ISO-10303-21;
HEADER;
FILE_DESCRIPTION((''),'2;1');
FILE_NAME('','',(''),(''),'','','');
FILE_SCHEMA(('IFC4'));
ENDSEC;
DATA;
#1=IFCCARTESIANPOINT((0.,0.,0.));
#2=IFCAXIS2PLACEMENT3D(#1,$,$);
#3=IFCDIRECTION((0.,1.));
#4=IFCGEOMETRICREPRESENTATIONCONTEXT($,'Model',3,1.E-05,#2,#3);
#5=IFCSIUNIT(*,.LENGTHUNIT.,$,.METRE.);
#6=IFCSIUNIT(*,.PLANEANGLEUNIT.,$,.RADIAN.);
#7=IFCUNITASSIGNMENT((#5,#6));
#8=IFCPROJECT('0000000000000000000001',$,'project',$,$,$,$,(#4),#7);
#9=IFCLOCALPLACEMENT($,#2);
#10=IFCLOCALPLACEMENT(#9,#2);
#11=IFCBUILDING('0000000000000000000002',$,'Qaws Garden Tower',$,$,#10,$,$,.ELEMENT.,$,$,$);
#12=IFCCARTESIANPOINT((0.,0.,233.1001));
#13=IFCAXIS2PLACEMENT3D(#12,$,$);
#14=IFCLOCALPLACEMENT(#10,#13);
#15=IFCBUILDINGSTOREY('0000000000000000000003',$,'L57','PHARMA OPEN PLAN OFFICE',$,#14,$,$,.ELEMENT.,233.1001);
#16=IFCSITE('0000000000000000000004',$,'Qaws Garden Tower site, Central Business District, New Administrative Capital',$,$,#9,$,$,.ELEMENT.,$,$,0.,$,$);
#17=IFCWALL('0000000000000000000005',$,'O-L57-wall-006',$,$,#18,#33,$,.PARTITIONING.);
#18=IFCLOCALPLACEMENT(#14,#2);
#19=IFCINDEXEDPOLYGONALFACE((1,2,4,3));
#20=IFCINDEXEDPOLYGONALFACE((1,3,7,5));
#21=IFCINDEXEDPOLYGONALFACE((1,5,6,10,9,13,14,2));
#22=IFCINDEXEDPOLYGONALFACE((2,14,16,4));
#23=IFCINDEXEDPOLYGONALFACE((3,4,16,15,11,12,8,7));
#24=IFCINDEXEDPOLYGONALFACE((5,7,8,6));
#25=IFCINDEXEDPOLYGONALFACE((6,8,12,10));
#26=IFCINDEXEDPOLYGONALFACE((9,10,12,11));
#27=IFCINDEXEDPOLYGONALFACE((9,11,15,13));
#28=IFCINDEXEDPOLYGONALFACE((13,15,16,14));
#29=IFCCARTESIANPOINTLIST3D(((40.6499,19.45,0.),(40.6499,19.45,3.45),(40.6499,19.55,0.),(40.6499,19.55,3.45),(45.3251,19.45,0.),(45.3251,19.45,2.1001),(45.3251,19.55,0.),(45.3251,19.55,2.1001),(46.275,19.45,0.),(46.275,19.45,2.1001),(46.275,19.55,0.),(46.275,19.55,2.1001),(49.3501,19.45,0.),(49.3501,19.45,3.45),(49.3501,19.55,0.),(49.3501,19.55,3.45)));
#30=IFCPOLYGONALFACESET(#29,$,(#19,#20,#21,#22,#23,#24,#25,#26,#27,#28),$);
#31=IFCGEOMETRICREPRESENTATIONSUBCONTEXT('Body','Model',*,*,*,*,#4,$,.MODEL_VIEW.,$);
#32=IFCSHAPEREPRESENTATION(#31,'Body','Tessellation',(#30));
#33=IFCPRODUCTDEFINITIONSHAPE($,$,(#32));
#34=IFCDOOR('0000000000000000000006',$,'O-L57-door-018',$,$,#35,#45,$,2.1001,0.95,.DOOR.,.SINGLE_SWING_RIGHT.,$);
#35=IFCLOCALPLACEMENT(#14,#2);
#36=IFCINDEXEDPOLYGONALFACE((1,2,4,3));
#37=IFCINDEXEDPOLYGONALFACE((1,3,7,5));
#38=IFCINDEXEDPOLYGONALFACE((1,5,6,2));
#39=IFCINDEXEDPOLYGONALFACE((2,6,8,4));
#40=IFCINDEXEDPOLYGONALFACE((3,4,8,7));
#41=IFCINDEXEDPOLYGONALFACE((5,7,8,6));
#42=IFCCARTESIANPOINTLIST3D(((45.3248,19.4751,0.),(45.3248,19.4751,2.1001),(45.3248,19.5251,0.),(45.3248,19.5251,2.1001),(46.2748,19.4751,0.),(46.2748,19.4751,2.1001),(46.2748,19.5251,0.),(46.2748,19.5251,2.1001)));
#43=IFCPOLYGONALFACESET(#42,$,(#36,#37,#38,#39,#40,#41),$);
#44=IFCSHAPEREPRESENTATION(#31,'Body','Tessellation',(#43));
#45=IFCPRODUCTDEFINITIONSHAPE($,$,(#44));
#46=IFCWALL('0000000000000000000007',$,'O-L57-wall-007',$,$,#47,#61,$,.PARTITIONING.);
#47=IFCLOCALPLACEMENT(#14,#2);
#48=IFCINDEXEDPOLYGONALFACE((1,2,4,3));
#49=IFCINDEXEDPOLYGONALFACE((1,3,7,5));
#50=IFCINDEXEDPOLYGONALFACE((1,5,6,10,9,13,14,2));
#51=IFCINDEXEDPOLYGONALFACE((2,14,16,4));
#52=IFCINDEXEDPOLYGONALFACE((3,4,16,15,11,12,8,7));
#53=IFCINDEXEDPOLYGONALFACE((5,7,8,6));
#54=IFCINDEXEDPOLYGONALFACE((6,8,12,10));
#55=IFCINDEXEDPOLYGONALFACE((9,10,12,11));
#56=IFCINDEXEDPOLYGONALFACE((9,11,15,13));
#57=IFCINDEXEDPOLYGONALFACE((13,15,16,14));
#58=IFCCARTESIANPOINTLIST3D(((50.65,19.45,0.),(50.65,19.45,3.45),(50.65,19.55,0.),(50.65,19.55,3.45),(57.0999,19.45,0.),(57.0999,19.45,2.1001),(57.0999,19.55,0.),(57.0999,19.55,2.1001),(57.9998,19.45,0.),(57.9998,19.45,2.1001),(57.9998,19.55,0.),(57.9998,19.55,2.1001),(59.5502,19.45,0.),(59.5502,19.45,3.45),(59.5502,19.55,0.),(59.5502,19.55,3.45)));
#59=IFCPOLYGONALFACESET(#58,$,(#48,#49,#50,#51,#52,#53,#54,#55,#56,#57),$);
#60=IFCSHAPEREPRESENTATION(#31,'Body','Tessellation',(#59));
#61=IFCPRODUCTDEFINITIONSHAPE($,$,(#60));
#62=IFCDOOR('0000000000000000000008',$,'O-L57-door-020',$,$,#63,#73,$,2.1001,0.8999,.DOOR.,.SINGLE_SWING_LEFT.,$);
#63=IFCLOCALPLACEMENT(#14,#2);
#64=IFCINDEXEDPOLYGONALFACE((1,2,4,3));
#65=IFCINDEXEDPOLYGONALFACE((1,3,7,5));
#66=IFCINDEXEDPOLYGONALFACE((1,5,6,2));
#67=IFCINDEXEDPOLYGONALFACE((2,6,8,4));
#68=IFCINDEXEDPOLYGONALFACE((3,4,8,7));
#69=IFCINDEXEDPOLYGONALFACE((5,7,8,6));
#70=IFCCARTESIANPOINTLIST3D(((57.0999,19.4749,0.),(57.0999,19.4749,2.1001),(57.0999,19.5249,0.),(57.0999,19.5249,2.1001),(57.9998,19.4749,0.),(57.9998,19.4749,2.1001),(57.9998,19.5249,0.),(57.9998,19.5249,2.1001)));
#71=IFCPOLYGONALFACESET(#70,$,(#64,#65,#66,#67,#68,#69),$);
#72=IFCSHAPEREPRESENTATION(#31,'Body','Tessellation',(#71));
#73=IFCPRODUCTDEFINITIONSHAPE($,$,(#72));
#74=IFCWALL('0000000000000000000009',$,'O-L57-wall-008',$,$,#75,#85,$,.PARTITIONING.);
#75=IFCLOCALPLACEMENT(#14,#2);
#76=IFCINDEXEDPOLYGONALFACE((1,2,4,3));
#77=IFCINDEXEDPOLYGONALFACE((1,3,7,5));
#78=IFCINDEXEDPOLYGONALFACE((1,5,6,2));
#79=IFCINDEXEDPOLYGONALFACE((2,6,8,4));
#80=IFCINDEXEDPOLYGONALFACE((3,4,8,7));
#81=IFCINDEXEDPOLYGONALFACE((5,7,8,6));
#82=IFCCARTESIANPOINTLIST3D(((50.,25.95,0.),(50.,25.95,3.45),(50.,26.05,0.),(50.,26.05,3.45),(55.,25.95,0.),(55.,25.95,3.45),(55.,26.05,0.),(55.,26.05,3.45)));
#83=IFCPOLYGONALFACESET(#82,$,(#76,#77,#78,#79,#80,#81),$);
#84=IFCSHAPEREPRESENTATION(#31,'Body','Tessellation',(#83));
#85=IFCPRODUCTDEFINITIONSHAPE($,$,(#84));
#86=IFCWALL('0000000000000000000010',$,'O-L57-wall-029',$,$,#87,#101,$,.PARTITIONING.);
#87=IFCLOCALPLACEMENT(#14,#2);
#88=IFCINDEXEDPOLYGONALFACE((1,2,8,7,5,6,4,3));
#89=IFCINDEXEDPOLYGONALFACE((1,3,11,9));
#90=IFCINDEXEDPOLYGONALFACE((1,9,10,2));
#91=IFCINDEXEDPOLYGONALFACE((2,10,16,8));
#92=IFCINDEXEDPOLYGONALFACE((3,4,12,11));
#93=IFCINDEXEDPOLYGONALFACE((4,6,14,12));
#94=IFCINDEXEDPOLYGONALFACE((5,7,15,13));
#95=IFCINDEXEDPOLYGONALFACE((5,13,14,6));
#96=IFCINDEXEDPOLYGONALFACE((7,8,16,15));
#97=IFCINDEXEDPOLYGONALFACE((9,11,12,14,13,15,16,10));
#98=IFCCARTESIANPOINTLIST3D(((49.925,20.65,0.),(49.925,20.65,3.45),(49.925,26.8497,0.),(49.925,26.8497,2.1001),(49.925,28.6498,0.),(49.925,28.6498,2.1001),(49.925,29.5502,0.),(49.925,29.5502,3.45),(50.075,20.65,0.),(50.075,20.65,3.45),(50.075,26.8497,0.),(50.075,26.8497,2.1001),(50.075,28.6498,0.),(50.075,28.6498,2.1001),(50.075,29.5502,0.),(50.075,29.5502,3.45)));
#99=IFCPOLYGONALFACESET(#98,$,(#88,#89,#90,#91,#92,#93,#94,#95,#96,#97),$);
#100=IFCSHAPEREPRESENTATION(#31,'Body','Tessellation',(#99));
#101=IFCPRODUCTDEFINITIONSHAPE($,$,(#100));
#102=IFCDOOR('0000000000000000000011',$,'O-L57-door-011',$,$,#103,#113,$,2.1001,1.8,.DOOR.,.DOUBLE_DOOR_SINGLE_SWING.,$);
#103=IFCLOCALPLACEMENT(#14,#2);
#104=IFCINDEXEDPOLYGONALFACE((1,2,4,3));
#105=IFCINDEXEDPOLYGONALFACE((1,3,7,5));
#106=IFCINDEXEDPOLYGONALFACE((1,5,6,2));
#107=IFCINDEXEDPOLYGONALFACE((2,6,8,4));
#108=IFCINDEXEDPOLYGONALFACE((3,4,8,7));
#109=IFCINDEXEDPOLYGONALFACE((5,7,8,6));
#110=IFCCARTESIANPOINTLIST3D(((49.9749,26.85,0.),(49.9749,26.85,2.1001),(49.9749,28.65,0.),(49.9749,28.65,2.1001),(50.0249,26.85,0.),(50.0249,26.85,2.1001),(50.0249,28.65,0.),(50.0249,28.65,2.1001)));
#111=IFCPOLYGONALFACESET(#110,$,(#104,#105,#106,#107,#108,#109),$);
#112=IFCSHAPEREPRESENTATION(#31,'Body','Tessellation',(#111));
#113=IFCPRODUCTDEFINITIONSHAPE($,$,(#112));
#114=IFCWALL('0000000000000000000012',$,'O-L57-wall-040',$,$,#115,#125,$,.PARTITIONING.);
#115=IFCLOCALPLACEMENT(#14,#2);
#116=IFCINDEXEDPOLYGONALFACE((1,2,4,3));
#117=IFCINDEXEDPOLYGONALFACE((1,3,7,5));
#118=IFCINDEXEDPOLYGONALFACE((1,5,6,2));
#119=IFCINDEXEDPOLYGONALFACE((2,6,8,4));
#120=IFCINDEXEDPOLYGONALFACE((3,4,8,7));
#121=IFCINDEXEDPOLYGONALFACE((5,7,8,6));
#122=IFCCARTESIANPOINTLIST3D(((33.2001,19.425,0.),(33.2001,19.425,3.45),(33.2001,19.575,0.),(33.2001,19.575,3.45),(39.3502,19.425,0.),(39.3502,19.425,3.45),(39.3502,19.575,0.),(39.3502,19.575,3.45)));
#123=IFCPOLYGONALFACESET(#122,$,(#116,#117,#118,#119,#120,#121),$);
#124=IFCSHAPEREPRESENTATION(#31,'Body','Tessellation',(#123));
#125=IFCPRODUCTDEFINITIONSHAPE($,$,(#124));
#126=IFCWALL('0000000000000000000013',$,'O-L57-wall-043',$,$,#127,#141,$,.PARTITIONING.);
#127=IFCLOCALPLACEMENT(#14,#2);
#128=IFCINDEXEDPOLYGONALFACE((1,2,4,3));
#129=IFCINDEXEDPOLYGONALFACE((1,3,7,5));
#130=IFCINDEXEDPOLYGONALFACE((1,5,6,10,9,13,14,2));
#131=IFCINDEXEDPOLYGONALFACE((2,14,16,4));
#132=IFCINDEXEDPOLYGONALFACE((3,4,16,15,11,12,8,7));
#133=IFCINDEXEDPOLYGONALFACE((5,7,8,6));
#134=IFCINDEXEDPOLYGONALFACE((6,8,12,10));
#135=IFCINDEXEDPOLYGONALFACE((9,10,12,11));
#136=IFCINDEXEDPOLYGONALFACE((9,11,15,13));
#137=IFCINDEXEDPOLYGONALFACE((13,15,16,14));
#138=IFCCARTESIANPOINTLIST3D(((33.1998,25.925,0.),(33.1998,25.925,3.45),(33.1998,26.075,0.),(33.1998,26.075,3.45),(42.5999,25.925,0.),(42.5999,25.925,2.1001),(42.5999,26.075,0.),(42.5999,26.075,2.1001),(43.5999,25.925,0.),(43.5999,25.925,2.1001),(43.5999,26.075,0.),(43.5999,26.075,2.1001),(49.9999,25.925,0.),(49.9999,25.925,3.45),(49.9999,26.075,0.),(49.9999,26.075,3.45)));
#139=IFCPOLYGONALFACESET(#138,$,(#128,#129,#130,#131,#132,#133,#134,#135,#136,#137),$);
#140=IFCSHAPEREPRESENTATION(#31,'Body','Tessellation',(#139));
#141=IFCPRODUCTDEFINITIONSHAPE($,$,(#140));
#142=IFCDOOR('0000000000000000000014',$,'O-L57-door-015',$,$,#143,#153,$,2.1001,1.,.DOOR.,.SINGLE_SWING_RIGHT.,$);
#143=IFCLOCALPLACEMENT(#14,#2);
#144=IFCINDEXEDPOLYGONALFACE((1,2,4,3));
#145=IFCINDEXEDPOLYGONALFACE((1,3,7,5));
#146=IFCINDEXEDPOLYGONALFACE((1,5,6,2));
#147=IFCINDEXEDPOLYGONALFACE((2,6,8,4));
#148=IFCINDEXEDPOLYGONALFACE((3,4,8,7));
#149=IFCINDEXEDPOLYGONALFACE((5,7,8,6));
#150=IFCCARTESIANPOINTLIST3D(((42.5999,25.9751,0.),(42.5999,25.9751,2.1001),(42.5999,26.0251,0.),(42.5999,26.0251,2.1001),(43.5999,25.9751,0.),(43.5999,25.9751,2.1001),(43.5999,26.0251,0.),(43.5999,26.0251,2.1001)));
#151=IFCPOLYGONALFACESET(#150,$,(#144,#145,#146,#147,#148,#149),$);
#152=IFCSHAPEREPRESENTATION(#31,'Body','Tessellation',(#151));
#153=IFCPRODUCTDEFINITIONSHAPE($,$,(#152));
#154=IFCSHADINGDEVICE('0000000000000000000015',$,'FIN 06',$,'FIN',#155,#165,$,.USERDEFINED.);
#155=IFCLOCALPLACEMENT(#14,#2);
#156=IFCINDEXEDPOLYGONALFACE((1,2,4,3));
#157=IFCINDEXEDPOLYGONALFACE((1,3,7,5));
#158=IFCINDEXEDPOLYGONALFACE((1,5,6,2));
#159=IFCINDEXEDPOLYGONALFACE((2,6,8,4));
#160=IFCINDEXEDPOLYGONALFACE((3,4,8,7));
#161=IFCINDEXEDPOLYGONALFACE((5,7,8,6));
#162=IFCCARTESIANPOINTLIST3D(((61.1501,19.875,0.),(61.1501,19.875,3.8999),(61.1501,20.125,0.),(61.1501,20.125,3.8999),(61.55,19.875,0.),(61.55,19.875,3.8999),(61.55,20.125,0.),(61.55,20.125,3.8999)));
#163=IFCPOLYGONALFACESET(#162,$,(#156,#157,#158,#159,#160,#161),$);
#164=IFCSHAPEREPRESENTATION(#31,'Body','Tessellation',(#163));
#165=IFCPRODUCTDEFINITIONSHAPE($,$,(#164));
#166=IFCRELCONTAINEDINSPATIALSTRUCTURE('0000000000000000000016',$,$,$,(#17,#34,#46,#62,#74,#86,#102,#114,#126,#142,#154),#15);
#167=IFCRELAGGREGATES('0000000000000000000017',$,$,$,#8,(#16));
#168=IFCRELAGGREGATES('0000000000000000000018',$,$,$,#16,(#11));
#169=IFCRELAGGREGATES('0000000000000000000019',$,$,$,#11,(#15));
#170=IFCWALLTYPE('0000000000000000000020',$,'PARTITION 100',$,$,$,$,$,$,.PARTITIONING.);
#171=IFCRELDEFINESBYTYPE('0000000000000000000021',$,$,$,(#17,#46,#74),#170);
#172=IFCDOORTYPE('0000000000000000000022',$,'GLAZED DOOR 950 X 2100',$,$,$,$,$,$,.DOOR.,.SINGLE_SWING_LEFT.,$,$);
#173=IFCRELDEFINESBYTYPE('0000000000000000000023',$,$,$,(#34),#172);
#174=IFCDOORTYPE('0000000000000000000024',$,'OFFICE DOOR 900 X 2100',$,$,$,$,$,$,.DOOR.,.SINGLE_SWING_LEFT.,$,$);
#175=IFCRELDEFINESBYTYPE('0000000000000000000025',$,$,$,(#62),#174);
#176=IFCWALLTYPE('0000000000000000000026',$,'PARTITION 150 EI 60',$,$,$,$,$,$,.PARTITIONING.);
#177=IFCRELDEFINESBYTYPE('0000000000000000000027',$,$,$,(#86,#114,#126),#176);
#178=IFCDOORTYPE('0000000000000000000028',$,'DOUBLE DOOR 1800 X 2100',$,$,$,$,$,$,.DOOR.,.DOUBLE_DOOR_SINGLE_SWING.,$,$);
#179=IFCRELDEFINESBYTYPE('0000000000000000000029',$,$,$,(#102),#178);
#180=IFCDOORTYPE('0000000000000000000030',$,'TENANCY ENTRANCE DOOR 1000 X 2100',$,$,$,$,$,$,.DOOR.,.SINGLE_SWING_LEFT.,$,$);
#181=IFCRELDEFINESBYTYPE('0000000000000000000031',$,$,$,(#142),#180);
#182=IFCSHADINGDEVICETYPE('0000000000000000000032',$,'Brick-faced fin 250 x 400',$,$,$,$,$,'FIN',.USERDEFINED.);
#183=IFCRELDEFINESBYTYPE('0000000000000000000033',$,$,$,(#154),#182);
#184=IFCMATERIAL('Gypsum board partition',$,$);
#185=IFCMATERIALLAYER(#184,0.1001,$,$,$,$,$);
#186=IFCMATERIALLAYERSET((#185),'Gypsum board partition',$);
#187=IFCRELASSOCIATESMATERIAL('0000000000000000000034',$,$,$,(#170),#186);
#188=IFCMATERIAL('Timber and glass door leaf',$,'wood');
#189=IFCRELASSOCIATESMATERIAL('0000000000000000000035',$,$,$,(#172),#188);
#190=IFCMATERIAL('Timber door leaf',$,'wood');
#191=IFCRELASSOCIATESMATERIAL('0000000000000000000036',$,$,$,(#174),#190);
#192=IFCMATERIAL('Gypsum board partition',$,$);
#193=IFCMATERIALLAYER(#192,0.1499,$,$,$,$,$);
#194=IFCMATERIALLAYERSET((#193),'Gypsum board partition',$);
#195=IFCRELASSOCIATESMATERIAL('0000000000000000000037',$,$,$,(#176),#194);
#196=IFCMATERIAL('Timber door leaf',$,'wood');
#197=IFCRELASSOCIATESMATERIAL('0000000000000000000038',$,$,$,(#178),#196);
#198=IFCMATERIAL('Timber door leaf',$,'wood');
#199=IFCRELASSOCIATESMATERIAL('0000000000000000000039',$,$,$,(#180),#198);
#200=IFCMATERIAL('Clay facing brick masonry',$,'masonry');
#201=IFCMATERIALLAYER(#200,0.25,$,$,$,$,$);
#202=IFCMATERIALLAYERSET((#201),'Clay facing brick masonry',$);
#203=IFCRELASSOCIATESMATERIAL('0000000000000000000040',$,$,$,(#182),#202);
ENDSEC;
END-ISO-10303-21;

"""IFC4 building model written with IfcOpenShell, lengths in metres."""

from ifc_helpers import new_model, si_unit, direction, frame, frame_2d, origin, origin_2d, place, context, subcontext, project, spatial, rectangle, extrude, material, layer, layer_set, type_object, element, fill, save


model = new_model("IFC4")

# Units and contexts
model_context = context("Model", 3, precision=1e-05, world=origin(), true_north=direction((0.0, 1.0)))
body_context = subcontext(model_context, "Body", "Model", "MODEL_VIEW")
ifc_project = project(units=[si_unit("LENGTHUNIT", "METRE"), si_unit("PLANEANGLEUNIT", "RADIAN")], contexts=[model_context])

# Site, building, storey
site_placement = place(None, origin())
site = spatial("IfcSite", under=ifc_project, at=site_placement, Name="Qaws Garden Tower site, Central Business District, New Administrative Capital", CompositionType="ELEMENT", RefElevation=0.0)
building_placement = place(site_placement, origin())
building = spatial("IfcBuilding", under=site, at=building_placement, Name="Qaws Garden Tower", CompositionType="ELEMENT")
storey_placement = place(building_placement, frame((0.0, 0.0, 233.1001)))
storey = spatial("IfcBuildingStorey", under=building, at=storey_placement, Name="L57", Description="PHARMA OPEN PLAN OFFICE", CompositionType="ELEMENT", Elevation=233.1001)

# Walls, openings, doors
ifc_material_1 = material(Name="Gypsum board partition")
ifc_layer_1 = layer(ifc_material_1, 0.1001)
ifc_layer_set_1 = layer_set([ifc_layer_1], Name="Gypsum board partition")
wall_type_1 = type_object("IfcWallType", Name="PARTITION 100", PredefinedType="PARTITIONING", material=ifc_layer_set_1)
ifc_material_2 = material(Name="Timber and glass door leaf", Category="wood")
door_type_1 = type_object("IfcDoorType", Name="GLAZED DOOR 950 X 2100", OperationType="SINGLE_SWING_LEFT", PredefinedType="DOOR", material=ifc_material_2)
wall_1_placement = place(storey_placement, frame((40.6499, 19.5, 0.0), z_axis=(0.0, 0.0, 1.0), x_axis=(1.0, 0.0, 0.0)))
wall_1 = element("IfcWall", 1, at=wall_1_placement, inside=storey, type_object=wall_type_1, Name="O-L57-wall-006", PredefinedType="PARTITIONING", context=body_context, shape_type="SweptSolid", body=[
    extrude(rectangle(XDim=8.7002, YDim=0.1001, at=frame_2d((4.3501, 0.0))), origin(), (0.0, 0.0, 1.0), 3.45),
])
opening_1_placement = place(wall_1_placement, frame((4.675, 0.0, 0.0)))
opening_1 = element("IfcOpeningElement", 2, at=opening_1_placement, cuts=wall_1, PredefinedType="OPENING", context=body_context, shape_type="SweptSolid", body=[
    extrude(rectangle(XDim=0.95, YDim=2.1001, at=frame_2d((0.4751, 1.05))), frame((0.0, 0.0601, 0.0), z_axis=(0.0, -1.0, 0.0), x_axis=(1.0, 0.0, 0.0)), (0.0, 0.0, 1.0), 0.1201),
])
door_1_placement = place(opening_1_placement, frame((0.95, 0.0, 0.0), z_axis=(0.0, 0.0, 1.0), x_axis=(-1.0, 0.0, 0.0)))
door_1 = element("IfcDoor", 3, at=door_1_placement, inside=storey, type_object=door_type_1, Name="O-L57-door-018", OperationType="SINGLE_SWING_RIGHT", OverallHeight=2.1001, OverallWidth=0.95, PredefinedType="DOOR", context=body_context, shape_type="SweptSolid", body=[
    extrude(rectangle(XDim=0.95, YDim=2.1001, at=frame_2d((0.4751, 1.05))), frame((0.0, 0.0249, 0.0), z_axis=(0.0, -1.0, 0.0), x_axis=(1.0, 0.0, 0.0)), (0.0, 0.0, 1.0), 0.05),
])
fill(opening_1, door_1)
wall_2_placement = place(storey_placement, frame((50.6499, 19.5, 0.0), z_axis=(0.0, 0.0, 1.0), x_axis=(1.0, 0.0, 0.0)))
wall_2 = element("IfcWall", 4, at=wall_2_placement, inside=storey, type_object=wall_type_1, Name="O-L57-wall-007", PredefinedType="PARTITIONING", context=body_context, shape_type="SweptSolid", body=[
    extrude(rectangle(XDim=8.9001, YDim=0.1001, at=frame_2d((4.4502, 0.0))), origin(), (0.0, 0.0, 1.0), 3.45),
])
opening_2_placement = place(wall_2_placement, frame((6.45, 0.0, 0.0)))
opening_2 = element("IfcOpeningElement", 5, at=opening_2_placement, cuts=wall_2, PredefinedType="OPENING", context=body_context, shape_type="SweptSolid", body=[
    extrude(rectangle(XDim=0.8999, YDim=2.1001, at=frame_2d((0.45, 1.05))), frame((0.0, 0.0601, 0.0), z_axis=(0.0, -1.0, 0.0), x_axis=(1.0, 0.0, 0.0)), (0.0, 0.0, 1.0), 0.1201),
])
ifc_material_3 = material(Name="Timber door leaf", Category="wood")
door_type_2 = type_object("IfcDoorType", Name="OFFICE DOOR 900 X 2100", OperationType="SINGLE_SWING_LEFT", PredefinedType="DOOR", material=ifc_material_3)
door_2_placement = place(opening_2_placement, origin())
door_2 = element("IfcDoor", 6, at=door_2_placement, inside=storey, type_object=door_type_2, Name="O-L57-door-020", OperationType="SINGLE_SWING_LEFT", OverallHeight=2.1001, OverallWidth=0.8999, PredefinedType="DOOR", context=body_context, shape_type="SweptSolid", body=[
    extrude(rectangle(XDim=0.8999, YDim=2.1001, at=frame_2d((0.45, 1.05))), frame((0.0, 0.0249, 0.0), z_axis=(0.0, -1.0, 0.0), x_axis=(1.0, 0.0, 0.0)), (0.0, 0.0, 1.0), 0.05),
])
fill(opening_2, door_2)

# Wall
wall_3_placement = place(storey_placement, frame((50.0, 26.0, 0.0), z_axis=(0.0, 0.0, 1.0), x_axis=(1.0, 0.0, 0.0)))
element("IfcWall", 7, at=wall_3_placement, inside=storey, type_object=wall_type_1, Name="O-L57-wall-008", PredefinedType="PARTITIONING", context=body_context, shape_type="SweptSolid", body=[
    extrude(rectangle(XDim=5.0, YDim=0.1001, at=frame_2d((2.5, 0.0))), origin(), (0.0, 0.0, 1.0), 3.45),
])

# Wall, opening, door
ifc_material_4 = material(Name="Gypsum board partition")
ifc_layer_2 = layer(ifc_material_4, 0.1499)
ifc_layer_set_2 = layer_set([ifc_layer_2], Name="Gypsum board partition")
wall_type_2 = type_object("IfcWallType", Name="PARTITION 150 EI 60", PredefinedType="PARTITIONING", material=ifc_layer_set_2)
wall_4_placement = place(storey_placement, frame((50.0, 20.6499, 0.0), z_axis=(0.0, 0.0, 1.0), x_axis=(0.0, 1.0, 0.0)))
wall_4 = element("IfcWall", 8, at=wall_4_placement, inside=storey, type_object=wall_type_2, Name="O-L57-wall-029", PredefinedType="PARTITIONING", context=body_context, shape_type="SweptSolid", body=[
    extrude(rectangle(XDim=8.9001, YDim=0.1499, at=frame_2d((4.4502, 0.0))), origin(), (0.0, 0.0, 1.0), 3.45),
])
opening_3_placement = place(wall_4_placement, frame((6.2, 0.0, 0.0)))
opening_3 = element("IfcOpeningElement", 9, at=opening_3_placement, cuts=wall_4, PredefinedType="OPENING", context=body_context, shape_type="SweptSolid", body=[
    extrude(rectangle(XDim=1.8, YDim=2.1001, at=frame_2d((0.8999, 1.05))), frame((0.0, 0.085, 0.0), z_axis=(0.0, -1.0, 0.0), x_axis=(1.0, 0.0, 0.0)), (0.0, 0.0, 1.0), 0.1699),
])
ifc_material_5 = material(Name="Timber door leaf", Category="wood")
door_type_3 = type_object("IfcDoorType", Name="DOUBLE DOOR 1800 X 2100", OperationType="DOUBLE_DOOR_SINGLE_SWING", PredefinedType="DOOR", material=ifc_material_5)
door_3_placement = place(opening_3_placement, frame((1.8, 0.0, 0.0), z_axis=(0.0, 0.0, 1.0), x_axis=(-1.0, 0.0, 0.0)))
door_3 = element("IfcDoor", 10, at=door_3_placement, inside=storey, type_object=door_type_3, Name="O-L57-door-011", OperationType="DOUBLE_DOOR_SINGLE_SWING", OverallHeight=2.1001, OverallWidth=1.8, PredefinedType="DOOR", context=body_context, shape_type="SweptSolid", body=[
    extrude(rectangle(XDim=1.8, YDim=2.1001, at=frame_2d((0.8999, 1.05))), frame((0.0, 0.0249, 0.0), z_axis=(0.0, -1.0, 0.0), x_axis=(1.0, 0.0, 0.0)), (0.0, 0.0, 1.0), 0.05),
])
fill(opening_3, door_3)

# Wall
wall_5_placement = place(storey_placement, frame((33.2, 19.5, 0.0), z_axis=(0.0, 0.0, 1.0), x_axis=(1.0, 0.0, 0.0)))
element("IfcWall", 11, at=wall_5_placement, inside=storey, type_object=wall_type_2, Name="O-L57-wall-040", PredefinedType="PARTITIONING", context=body_context, shape_type="SweptSolid", body=[
    extrude(rectangle(XDim=6.1501, YDim=0.1499, at=frame_2d((3.0752, 0.0))), origin(), (0.0, 0.0, 1.0), 3.45),
])

# Wall, opening, door
wall_6_placement = place(storey_placement, frame((33.2, 26.0, 0.0), z_axis=(0.0, 0.0, 1.0), x_axis=(1.0, 0.0, 0.0)))
wall_6 = element("IfcWall", 12, at=wall_6_placement, inside=storey, type_object=wall_type_2, Name="O-L57-wall-043", PredefinedType="PARTITIONING", context=body_context, shape_type="SweptSolid", body=[
    extrude(rectangle(XDim=16.8, YDim=0.1499, at=frame_2d((8.3999, 0.0))), origin(), (0.0, 0.0, 1.0), 3.45),
])
opening_4_placement = place(wall_6_placement, frame((9.3999, 0.0, 0.0)))
opening_4 = element("IfcOpeningElement", 13, at=opening_4_placement, cuts=wall_6, PredefinedType="OPENING", context=body_context, shape_type="SweptSolid", body=[
    extrude(rectangle(XDim=1.0, YDim=2.1001, at=frame_2d((0.5, 1.05))), frame((0.0, 0.085, 0.0), z_axis=(0.0, -1.0, 0.0), x_axis=(1.0, 0.0, 0.0)), (0.0, 0.0, 1.0), 0.1699),
])
ifc_material_6 = material(Name="Timber door leaf", Category="wood")
door_type_4 = type_object("IfcDoorType", Name="TENANCY ENTRANCE DOOR 1000 X 2100", OperationType="SINGLE_SWING_LEFT", PredefinedType="DOOR", material=ifc_material_6)
door_4_placement = place(opening_4_placement, frame((1.0, 0.0, 0.0), z_axis=(0.0, 0.0, 1.0), x_axis=(-1.0, 0.0, 0.0)))
door_4 = element("IfcDoor", 14, at=door_4_placement, inside=storey, type_object=door_type_4, Name="O-L57-door-015", OperationType="SINGLE_SWING_RIGHT", OverallHeight=2.1001, OverallWidth=1.0, PredefinedType="DOOR", context=body_context, shape_type="SweptSolid", body=[
    extrude(rectangle(XDim=1.0, YDim=2.1001, at=frame_2d((0.5, 1.05))), frame((0.0, 0.0249, 0.0), z_axis=(0.0, -1.0, 0.0), x_axis=(1.0, 0.0, 0.0)), (0.0, 0.0, 1.0), 0.05),
])
fill(opening_4, door_4)

# Shading device
ifc_material_7 = material(Name="Clay facing brick masonry", Category="masonry")
ifc_layer_3 = layer(ifc_material_7, 0.25)
ifc_layer_set_3 = layer_set([ifc_layer_3], Name="Clay facing brick masonry")
shading_device_type = type_object("IfcShadingDeviceType", Name="Brick-faced fin 250 x 400", ElementType="FIN", PredefinedType="USERDEFINED", material=ifc_layer_set_3)
shading_device_placement = place(storey_placement, frame((61.3501, 20.0, 0.0), z_axis=(0.0, 0.0, 1.0), x_axis=(0.0, 1.0, 0.0)))
element("IfcShadingDevice", 15, at=shading_device_placement, inside=storey, type_object=shading_device_type, Name="FIN 06", ObjectType="FIN", PredefinedType="USERDEFINED", context=body_context, shape_type="SweptSolid", body=[
    extrude(rectangle(XDim=0.25, YDim=0.3999, at=origin_2d()), origin(), (0.0, 0.0, 1.0), 3.8999),
])

save(model, "model.ifc")
